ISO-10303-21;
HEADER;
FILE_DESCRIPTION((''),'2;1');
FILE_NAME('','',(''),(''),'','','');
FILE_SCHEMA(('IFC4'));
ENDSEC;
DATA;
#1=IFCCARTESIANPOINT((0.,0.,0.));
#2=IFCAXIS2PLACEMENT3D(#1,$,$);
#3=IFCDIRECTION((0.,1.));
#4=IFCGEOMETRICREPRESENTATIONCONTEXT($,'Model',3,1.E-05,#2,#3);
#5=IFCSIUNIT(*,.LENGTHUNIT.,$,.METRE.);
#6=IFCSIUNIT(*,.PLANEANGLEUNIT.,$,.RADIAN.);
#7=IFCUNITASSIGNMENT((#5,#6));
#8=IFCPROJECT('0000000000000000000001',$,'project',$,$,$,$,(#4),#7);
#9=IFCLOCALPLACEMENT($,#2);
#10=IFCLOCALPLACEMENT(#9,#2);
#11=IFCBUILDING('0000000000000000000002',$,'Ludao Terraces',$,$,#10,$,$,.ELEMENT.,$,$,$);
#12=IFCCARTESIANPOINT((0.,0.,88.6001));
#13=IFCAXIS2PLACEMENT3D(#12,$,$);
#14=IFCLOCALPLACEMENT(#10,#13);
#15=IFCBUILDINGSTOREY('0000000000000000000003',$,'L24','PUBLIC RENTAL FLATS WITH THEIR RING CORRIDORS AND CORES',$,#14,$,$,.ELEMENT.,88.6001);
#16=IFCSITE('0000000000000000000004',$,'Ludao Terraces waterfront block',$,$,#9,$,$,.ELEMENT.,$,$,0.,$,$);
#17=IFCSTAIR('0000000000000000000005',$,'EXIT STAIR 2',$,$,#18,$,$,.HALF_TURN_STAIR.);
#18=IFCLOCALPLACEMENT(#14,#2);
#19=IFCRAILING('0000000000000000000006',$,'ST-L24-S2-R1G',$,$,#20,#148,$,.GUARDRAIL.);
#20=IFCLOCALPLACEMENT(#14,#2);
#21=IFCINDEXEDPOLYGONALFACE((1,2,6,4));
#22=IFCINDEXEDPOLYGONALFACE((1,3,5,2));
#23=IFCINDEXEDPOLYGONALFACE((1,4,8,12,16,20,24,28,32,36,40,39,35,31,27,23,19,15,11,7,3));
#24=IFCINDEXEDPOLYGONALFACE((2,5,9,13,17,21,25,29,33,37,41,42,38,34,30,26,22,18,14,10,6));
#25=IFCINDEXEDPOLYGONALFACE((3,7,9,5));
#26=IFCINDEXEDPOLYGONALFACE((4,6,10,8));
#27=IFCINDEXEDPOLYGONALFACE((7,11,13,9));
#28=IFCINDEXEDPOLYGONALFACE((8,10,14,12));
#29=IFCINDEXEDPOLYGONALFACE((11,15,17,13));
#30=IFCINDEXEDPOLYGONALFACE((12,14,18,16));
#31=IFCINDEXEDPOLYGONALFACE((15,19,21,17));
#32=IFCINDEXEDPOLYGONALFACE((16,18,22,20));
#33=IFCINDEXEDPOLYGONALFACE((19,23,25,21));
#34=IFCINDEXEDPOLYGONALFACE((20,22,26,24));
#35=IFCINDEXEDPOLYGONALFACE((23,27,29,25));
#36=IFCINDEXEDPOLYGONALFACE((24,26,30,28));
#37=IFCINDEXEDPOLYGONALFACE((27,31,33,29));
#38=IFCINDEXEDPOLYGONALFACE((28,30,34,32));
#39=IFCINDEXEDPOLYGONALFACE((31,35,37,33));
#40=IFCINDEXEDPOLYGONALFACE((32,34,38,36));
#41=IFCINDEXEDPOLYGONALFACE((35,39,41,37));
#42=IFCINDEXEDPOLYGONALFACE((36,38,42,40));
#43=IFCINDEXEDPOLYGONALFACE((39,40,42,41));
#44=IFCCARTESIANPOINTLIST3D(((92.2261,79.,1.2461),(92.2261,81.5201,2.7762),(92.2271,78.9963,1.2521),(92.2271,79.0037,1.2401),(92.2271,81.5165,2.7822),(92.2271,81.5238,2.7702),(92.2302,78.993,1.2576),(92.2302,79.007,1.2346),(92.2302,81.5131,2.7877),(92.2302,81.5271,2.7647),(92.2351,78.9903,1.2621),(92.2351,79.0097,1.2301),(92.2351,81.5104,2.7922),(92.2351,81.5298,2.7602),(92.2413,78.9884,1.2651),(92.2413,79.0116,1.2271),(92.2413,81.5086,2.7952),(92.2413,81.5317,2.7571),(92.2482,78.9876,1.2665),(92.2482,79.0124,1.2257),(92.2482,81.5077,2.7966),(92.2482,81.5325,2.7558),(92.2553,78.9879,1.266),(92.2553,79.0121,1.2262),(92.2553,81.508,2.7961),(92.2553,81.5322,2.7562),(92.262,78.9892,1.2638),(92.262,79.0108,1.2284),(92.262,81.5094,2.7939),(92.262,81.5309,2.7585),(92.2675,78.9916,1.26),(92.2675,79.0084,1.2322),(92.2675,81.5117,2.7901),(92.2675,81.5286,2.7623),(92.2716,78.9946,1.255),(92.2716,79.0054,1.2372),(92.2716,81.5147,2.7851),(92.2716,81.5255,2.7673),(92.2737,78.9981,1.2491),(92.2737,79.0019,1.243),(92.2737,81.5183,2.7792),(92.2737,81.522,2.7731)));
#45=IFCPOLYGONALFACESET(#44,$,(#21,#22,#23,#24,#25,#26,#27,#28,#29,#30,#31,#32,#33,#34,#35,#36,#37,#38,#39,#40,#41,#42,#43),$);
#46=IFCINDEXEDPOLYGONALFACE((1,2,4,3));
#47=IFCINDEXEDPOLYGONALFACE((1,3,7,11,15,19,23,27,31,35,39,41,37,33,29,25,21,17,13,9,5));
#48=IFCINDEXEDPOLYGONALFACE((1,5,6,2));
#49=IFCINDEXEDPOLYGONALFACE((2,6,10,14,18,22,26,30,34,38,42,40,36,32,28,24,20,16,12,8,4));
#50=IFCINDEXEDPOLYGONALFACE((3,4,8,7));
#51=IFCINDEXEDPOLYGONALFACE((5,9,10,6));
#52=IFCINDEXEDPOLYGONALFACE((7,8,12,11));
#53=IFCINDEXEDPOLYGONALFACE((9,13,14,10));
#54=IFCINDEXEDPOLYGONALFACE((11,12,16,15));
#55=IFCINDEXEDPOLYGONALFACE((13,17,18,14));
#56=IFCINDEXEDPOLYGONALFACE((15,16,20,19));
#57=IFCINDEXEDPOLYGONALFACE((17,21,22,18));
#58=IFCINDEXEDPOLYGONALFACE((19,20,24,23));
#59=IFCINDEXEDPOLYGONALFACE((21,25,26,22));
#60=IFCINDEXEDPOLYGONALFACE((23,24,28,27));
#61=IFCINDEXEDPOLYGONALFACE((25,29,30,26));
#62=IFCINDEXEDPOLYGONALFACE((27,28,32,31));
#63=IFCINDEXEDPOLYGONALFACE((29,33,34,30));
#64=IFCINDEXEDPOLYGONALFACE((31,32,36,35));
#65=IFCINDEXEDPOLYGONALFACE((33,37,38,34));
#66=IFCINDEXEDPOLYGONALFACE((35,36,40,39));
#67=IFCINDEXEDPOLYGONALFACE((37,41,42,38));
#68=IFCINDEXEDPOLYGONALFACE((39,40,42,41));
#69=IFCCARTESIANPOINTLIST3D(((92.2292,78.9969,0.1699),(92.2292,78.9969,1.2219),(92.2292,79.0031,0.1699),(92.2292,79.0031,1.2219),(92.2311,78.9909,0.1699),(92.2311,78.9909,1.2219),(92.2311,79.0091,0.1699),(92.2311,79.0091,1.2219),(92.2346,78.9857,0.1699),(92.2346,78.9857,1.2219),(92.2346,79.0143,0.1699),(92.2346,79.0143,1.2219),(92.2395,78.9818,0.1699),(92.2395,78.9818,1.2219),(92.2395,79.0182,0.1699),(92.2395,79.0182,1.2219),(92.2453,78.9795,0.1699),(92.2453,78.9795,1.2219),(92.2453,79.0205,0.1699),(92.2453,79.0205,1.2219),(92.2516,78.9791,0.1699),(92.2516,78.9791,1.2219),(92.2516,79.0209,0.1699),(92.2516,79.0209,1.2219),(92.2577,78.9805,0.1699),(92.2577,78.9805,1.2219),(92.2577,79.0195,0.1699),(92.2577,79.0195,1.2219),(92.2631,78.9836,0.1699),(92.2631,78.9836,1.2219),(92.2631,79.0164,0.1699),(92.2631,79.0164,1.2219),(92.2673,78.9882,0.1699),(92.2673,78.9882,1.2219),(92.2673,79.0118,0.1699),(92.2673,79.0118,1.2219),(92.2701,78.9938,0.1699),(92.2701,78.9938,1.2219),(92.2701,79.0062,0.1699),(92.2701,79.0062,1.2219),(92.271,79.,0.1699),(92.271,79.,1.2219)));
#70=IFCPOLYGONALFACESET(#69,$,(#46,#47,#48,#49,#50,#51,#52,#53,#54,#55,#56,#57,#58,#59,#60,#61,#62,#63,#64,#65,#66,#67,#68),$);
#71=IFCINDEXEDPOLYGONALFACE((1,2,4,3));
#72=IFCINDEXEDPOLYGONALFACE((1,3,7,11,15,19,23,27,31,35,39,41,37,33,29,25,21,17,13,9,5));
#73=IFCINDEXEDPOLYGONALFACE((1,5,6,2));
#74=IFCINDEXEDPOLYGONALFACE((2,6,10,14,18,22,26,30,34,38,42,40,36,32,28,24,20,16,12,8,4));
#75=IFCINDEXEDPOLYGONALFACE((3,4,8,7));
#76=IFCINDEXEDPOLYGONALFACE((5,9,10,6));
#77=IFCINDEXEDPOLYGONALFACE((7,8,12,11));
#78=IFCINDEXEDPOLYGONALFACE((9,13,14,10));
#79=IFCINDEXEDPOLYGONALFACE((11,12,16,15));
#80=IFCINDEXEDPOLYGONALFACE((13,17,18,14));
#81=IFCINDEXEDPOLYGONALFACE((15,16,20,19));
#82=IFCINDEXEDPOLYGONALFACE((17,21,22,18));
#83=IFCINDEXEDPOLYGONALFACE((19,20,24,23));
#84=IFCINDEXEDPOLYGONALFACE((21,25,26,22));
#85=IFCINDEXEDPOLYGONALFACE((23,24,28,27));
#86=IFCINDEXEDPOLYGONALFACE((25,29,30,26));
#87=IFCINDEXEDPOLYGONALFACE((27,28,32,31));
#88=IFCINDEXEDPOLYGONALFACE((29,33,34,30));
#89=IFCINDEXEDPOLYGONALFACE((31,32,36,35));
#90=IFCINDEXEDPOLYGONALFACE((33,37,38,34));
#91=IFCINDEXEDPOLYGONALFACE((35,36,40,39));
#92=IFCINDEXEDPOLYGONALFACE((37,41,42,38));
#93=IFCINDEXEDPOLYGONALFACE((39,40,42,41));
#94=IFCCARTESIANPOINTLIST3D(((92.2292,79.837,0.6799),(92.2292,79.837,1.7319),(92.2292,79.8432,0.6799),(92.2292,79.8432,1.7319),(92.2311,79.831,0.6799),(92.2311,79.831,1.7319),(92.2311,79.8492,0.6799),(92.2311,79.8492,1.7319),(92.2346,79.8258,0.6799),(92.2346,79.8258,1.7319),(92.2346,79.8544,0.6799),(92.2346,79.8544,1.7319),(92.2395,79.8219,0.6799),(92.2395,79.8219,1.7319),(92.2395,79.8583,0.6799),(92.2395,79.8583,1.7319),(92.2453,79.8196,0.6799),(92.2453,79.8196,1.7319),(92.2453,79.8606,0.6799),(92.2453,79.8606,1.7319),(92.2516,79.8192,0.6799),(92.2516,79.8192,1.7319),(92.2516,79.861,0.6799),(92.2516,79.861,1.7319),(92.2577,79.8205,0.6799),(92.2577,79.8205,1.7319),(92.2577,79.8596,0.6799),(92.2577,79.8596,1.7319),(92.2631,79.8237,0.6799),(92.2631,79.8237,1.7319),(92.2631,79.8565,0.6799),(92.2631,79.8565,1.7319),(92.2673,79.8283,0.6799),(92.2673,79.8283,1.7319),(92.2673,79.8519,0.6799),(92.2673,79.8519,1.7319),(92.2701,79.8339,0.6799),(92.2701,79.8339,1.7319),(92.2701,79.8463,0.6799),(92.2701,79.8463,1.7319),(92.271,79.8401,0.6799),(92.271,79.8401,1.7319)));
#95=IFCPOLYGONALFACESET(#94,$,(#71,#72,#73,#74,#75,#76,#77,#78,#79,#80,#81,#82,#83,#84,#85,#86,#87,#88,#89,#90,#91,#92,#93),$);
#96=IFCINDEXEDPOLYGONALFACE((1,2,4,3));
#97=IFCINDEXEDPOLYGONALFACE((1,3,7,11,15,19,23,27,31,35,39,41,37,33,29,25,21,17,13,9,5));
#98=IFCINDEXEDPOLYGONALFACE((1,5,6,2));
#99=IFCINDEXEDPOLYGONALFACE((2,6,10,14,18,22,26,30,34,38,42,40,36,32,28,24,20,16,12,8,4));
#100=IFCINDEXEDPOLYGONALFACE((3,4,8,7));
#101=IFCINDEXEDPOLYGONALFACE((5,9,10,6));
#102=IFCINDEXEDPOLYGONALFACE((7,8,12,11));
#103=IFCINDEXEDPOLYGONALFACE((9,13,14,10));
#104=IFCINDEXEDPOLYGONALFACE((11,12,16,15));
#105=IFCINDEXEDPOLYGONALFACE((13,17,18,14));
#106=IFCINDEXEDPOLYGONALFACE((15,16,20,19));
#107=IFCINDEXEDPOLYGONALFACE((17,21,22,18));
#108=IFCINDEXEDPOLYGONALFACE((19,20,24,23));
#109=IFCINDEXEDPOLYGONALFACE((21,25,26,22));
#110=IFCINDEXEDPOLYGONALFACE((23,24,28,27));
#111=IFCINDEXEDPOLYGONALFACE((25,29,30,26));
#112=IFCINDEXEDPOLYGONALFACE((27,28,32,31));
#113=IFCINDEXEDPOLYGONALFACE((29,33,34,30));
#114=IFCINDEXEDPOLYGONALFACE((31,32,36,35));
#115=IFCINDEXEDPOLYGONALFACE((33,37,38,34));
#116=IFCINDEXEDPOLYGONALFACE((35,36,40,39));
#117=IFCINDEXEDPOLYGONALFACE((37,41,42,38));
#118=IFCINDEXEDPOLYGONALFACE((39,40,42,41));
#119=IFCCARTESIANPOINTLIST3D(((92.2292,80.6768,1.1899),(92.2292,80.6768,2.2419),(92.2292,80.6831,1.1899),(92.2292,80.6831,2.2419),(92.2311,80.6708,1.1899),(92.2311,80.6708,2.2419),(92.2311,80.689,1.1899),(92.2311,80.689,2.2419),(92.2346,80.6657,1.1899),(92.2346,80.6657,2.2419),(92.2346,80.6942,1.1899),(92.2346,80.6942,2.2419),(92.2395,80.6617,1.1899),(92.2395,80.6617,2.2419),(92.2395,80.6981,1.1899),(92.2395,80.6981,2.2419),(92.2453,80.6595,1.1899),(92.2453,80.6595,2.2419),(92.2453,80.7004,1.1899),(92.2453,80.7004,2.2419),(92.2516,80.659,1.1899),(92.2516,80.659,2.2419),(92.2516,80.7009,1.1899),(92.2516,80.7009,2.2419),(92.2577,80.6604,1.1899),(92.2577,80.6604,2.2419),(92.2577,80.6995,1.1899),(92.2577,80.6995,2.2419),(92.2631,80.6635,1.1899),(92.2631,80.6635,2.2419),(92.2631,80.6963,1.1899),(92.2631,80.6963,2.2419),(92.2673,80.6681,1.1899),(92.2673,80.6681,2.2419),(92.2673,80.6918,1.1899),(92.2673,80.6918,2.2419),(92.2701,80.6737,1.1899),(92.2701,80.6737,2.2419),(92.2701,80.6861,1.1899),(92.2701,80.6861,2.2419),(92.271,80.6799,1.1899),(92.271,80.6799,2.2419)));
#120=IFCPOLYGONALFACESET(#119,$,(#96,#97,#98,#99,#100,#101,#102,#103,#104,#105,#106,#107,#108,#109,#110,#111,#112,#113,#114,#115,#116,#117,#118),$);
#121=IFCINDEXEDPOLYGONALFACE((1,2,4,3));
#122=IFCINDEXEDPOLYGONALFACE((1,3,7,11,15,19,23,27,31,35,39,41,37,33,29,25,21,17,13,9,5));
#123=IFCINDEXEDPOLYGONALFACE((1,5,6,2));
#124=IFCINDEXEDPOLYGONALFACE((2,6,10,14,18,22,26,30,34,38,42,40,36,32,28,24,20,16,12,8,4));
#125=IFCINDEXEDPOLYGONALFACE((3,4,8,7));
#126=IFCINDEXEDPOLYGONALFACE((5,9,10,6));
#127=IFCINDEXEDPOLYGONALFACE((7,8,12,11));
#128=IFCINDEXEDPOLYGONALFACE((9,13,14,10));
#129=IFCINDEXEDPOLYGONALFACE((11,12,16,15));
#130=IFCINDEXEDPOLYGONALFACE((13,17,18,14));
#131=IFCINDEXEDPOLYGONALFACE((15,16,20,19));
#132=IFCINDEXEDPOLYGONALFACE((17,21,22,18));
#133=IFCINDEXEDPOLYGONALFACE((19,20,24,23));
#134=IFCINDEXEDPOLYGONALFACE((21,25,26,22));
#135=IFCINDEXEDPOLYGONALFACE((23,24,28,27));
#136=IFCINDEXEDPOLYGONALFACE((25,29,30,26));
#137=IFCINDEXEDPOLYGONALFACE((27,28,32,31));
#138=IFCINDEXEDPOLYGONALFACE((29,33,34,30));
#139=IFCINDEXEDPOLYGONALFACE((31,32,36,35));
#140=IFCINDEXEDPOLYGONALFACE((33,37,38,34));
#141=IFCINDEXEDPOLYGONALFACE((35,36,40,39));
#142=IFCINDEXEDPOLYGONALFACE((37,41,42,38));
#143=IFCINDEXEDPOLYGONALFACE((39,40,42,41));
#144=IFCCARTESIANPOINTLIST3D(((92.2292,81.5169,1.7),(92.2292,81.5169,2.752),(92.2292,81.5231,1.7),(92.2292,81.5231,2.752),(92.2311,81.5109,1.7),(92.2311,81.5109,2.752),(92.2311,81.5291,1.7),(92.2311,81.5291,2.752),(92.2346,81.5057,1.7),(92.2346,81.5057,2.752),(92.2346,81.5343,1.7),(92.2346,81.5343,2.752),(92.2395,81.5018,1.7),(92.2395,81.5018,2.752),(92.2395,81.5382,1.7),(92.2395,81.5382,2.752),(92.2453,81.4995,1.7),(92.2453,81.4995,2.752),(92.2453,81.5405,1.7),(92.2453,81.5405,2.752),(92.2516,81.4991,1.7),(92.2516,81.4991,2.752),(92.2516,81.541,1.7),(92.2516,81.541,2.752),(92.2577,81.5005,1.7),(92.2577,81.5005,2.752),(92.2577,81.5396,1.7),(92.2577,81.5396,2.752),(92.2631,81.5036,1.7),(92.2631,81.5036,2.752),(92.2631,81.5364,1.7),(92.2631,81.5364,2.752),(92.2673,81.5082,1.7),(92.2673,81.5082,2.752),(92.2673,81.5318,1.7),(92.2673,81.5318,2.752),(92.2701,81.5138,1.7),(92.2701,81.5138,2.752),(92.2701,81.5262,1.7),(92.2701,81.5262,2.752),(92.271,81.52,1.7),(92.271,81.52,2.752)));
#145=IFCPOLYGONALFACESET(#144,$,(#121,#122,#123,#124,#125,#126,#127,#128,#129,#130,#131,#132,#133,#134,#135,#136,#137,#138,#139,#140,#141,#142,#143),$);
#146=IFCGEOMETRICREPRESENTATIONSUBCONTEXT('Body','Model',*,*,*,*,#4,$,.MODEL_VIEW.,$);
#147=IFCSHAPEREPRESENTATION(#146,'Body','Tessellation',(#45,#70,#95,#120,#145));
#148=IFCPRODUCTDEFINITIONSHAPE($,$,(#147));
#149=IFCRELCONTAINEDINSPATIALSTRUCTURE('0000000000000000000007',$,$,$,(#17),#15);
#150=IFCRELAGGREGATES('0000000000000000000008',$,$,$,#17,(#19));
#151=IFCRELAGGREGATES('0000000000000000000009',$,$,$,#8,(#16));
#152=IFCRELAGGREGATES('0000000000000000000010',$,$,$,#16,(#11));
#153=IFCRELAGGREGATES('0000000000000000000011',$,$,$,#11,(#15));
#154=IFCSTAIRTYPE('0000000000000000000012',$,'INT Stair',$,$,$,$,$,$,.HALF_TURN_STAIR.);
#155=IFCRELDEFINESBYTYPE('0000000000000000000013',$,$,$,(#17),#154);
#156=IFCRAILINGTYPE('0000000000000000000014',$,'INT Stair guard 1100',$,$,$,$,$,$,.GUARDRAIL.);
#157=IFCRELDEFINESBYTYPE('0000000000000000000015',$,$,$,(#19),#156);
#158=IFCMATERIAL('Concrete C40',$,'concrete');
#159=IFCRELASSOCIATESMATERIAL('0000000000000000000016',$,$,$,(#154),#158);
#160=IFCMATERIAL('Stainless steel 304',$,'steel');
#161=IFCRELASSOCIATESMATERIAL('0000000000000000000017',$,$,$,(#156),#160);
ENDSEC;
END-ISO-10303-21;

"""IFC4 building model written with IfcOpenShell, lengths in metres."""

from ifc_helpers import new_model, si_unit, direction, frame, origin, origin_2d, place, context, subcontext, project, spatial, circle, extrude, material, type_object, element, aggregate, save


model = new_model("IFC4")

# Units and contexts
model_context = context("Model", 3, precision=1e-05, world=origin(), true_north=direction((0.0, 1.0)))
body_context = subcontext(model_context, "Body", "Model", "MODEL_VIEW")
ifc_project = project(units=[si_unit("LENGTHUNIT", "METRE"), si_unit("PLANEANGLEUNIT", "RADIAN")], contexts=[model_context])

# Site, building, storey
site_placement = place(None, origin())
site = spatial("IfcSite", under=ifc_project, at=site_placement, Name="Ludao Terraces waterfront block", CompositionType="ELEMENT", RefElevation=0.0)
building_placement = place(site_placement, origin())
building = spatial("IfcBuilding", under=site, at=building_placement, Name="Ludao Terraces", CompositionType="ELEMENT")
storey_placement = place(building_placement, frame((0.0, 0.0, 88.6001)))
storey = spatial("IfcBuildingStorey", under=building, at=storey_placement, Name="L24", Description="PUBLIC RENTAL FLATS WITH THEIR RING CORRIDORS AND CORES", CompositionType="ELEMENT", Elevation=88.6001)

# Stair, railing
ifc_material_1 = material(Name="Concrete C40", Category="concrete")
stair_type = type_object("IfcStairType", Name="INT Stair", PredefinedType="HALF_TURN_STAIR", material=ifc_material_1)
stair_placement = place(storey_placement, origin())
stair = element("IfcStair", 1, at=stair_placement, inside=storey, type_object=stair_type, Name="EXIT STAIR 2", PredefinedType="HALF_TURN_STAIR")
ifc_material_2 = material(Name="Stainless steel 304", Category="steel")
railing_type_1 = type_object("IfcRailingType", Name="INT Stair guard 1100", PredefinedType="GUARDRAIL", material=ifc_material_2)
railing_1_placement = place(storey_placement, frame((92.25, 79.0, 0.1699)))
railing_1 = element("IfcRailing", 2, at=railing_1_placement, type_object=railing_type_1, Name="ST-L24-S2-R1G", PredefinedType="GUARDRAIL", context=body_context, shape_type="SweptSolid", body=[
    extrude(circle(Radius=0.0239, at=origin_2d()), frame((0.0, 0.0, 1.0762), z_axis=(0.0, 0.854785, 0.518982), x_axis=(-1.0, 0.0, 0.0)), (0.0, 0.0, 1.0), 2.9482),
    extrude(circle(Radius=0.021, at=origin_2d()), origin(), (0.0, 0.0, 1.0), 1.052),
    extrude(circle(Radius=0.021, at=origin_2d()), frame((0.0, 0.8401, 0.51)), (0.0, 0.0, 1.0), 1.052),
    extrude(circle(Radius=0.021, at=origin_2d()), frame((0.0, 1.6799, 1.02)), (0.0, 0.0, 1.0), 1.052),
    extrude(circle(Radius=0.021, at=origin_2d()), frame((0.0, 2.52, 1.53)), (0.0, 0.0, 1.0), 1.052),
])
aggregate(stair, [railing_1])

save(model, "model.ifc")
